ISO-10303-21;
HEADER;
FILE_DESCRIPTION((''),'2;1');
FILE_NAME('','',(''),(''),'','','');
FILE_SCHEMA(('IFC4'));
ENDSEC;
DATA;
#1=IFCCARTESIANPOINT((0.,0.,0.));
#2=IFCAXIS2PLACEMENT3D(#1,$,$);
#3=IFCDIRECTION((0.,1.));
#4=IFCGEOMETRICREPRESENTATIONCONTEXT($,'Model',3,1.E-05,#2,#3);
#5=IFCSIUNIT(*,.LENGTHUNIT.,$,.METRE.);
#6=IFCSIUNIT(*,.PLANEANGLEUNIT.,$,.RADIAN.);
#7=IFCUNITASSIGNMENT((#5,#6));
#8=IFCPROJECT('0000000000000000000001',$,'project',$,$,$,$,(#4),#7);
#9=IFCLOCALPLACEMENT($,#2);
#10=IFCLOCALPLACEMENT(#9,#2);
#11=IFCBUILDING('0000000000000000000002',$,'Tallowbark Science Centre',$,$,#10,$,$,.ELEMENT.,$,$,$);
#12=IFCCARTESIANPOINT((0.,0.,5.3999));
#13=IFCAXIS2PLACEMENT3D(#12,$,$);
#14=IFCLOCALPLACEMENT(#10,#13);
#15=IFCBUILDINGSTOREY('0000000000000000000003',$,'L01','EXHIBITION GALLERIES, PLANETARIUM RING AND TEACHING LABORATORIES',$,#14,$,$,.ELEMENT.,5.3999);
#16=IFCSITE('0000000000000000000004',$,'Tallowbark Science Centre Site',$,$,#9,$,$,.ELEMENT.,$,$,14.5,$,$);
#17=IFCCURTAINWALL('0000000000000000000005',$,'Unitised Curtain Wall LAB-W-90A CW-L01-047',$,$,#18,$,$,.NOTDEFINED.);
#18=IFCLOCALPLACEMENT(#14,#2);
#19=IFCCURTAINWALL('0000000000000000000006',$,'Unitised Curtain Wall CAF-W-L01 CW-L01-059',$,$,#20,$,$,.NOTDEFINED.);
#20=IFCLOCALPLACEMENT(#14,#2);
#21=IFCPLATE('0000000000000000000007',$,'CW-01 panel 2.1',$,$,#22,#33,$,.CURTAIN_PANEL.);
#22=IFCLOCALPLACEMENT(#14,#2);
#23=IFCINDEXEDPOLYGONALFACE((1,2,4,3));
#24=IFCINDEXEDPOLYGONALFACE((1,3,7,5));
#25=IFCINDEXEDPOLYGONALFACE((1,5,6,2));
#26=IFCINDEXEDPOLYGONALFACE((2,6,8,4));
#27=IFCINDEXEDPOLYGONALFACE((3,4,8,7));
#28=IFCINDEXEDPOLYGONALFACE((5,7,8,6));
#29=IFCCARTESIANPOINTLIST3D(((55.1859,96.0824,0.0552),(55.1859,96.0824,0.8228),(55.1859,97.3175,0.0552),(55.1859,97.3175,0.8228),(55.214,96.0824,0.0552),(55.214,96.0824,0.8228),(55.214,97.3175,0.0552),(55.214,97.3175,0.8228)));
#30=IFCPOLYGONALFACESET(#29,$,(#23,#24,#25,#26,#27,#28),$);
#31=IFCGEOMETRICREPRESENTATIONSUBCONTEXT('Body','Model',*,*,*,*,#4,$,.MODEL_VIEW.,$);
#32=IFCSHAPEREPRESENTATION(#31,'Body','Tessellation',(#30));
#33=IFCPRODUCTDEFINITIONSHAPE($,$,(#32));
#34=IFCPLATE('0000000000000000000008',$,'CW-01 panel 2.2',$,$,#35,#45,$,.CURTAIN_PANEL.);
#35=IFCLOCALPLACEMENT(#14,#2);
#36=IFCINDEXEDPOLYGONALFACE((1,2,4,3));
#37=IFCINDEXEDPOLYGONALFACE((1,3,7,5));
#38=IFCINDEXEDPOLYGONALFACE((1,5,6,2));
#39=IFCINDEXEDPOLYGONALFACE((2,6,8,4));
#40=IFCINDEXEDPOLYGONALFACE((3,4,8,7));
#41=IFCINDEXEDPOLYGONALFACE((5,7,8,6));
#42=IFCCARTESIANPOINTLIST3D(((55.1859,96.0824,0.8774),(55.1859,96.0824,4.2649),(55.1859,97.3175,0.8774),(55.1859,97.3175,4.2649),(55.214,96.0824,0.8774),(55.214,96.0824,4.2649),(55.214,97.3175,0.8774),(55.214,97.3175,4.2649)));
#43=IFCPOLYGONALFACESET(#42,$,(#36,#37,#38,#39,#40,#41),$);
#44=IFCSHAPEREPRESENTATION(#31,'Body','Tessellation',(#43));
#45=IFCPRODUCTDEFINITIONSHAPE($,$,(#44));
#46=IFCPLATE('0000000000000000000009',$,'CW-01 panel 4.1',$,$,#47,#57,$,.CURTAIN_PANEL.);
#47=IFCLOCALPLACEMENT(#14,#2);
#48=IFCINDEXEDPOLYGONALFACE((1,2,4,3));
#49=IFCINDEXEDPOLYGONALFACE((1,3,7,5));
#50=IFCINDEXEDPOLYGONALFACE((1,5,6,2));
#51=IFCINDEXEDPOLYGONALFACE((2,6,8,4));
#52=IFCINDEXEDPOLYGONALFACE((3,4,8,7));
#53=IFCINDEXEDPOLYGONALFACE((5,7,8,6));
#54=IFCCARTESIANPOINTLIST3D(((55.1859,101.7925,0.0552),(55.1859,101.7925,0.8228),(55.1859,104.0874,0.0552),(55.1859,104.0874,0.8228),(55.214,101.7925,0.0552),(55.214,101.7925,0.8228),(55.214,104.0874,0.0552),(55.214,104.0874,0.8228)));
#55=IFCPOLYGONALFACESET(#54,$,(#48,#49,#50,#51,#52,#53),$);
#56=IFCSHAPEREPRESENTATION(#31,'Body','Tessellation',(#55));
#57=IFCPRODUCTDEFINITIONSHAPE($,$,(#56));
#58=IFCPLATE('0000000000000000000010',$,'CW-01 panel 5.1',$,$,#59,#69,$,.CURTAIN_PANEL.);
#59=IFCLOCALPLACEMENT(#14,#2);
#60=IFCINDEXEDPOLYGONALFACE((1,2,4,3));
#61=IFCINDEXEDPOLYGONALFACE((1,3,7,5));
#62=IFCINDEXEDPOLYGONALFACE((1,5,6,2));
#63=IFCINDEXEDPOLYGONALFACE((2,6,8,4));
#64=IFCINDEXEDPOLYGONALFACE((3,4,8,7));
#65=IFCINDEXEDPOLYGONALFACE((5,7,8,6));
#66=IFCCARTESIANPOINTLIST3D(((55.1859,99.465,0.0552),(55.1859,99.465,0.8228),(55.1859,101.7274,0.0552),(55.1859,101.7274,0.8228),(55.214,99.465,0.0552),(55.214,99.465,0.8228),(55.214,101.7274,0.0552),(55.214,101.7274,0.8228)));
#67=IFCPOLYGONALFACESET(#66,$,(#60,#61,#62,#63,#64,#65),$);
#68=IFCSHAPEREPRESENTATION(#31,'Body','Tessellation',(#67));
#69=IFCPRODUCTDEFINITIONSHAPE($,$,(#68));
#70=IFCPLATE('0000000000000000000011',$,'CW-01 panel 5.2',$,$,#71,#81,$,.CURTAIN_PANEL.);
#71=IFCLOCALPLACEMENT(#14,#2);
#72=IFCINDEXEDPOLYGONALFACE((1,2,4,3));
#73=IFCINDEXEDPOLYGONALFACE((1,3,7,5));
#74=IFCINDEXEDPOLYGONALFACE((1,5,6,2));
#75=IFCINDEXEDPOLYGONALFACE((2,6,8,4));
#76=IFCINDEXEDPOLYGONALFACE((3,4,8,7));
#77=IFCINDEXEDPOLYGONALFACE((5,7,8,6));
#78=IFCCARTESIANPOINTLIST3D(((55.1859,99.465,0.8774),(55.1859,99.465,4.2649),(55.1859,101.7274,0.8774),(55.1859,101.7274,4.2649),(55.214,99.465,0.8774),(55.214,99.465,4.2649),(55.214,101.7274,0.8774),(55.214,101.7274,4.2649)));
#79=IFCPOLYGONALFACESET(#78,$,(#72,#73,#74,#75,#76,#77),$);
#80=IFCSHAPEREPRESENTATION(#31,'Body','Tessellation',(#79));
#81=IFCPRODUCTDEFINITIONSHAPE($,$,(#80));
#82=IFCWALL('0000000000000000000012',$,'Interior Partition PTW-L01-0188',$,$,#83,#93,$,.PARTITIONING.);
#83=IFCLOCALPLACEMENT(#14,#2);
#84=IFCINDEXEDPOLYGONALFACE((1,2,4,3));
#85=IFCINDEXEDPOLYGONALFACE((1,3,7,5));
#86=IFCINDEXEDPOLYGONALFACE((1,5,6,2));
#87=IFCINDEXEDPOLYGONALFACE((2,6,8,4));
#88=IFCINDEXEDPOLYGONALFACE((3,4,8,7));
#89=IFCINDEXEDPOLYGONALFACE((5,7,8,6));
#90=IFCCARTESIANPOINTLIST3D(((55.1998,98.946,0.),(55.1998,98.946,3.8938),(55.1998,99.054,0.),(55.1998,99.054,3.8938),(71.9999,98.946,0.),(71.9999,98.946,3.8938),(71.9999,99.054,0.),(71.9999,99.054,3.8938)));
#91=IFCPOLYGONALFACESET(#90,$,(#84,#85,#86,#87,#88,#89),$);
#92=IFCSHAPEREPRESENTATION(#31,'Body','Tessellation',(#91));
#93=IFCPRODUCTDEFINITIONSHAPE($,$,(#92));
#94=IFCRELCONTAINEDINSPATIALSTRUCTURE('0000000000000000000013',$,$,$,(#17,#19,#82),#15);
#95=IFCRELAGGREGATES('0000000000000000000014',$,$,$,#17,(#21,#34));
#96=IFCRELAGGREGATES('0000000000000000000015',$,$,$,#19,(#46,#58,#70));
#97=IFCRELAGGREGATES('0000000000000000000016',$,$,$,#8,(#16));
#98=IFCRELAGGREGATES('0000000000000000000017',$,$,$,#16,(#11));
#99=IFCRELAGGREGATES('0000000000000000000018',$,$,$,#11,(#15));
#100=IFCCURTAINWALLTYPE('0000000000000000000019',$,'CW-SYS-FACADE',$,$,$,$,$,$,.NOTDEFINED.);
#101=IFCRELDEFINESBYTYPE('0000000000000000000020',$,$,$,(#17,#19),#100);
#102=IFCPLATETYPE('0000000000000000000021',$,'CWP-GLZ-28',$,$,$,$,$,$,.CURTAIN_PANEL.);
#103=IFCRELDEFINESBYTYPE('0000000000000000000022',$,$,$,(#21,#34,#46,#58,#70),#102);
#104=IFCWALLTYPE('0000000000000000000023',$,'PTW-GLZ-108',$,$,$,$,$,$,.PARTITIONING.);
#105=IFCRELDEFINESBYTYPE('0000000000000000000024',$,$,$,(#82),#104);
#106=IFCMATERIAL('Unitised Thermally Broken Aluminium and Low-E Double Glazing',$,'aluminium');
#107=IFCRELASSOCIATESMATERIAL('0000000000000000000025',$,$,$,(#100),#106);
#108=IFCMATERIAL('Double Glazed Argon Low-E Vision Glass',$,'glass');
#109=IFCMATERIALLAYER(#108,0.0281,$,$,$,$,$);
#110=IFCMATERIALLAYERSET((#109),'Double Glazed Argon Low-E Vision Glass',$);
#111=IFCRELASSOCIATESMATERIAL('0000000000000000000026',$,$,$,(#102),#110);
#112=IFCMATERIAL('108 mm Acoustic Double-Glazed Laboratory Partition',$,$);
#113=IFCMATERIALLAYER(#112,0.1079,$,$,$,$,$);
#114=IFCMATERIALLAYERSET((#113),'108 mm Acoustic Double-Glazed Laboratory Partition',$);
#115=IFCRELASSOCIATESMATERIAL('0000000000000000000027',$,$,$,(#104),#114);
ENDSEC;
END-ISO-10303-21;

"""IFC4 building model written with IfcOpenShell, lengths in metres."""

from ifc_helpers import new_model, si_unit, direction, frame, frame_2d, origin, origin_2d, place, context, subcontext, project, spatial, rectangle, extrude, material, layer, layer_set, type_object, element, aggregate, save


model = new_model("IFC4")

# Units and contexts
model_context = context("Model", 3, precision=1e-05, world=origin(), true_north=direction((0.0, 1.0)))
body_context = subcontext(model_context, "Body", "Model", "MODEL_VIEW")
ifc_project = project(units=[si_unit("LENGTHUNIT", "METRE"), si_unit("PLANEANGLEUNIT", "RADIAN")], contexts=[model_context])

# Site, building, storey
site_placement = place(None, origin())
site = spatial("IfcSite", under=ifc_project, at=site_placement, Name="Tallowbark Science Centre Site", CompositionType="ELEMENT", RefElevation=14.5)
building_placement = place(site_placement, origin())
building = spatial("IfcBuilding", under=site, at=building_placement, Name="Tallowbark Science Centre", CompositionType="ELEMENT")
storey_placement = place(building_placement, frame((0.0, 0.0, 5.3999)))
storey = spatial("IfcBuildingStorey", under=building, at=storey_placement, Name="L01", Description="EXHIBITION GALLERIES, PLANETARIUM RING AND TEACHING LABORATORIES", CompositionType="ELEMENT", Elevation=5.3999)

# Curtain walls
ifc_material_1 = material(Name="Unitised Thermally Broken Aluminium and Low-E Double Glazing", Category="aluminium")
curtain_wall_type = type_object("IfcCurtainWallType", Name="CW-SYS-FACADE", PredefinedType="NOTDEFINED", material=ifc_material_1)
curtain_wall_1_placement = place(storey_placement, origin())
curtain_wall_1 = element("IfcCurtainWall", 1, at=curtain_wall_1_placement, inside=storey, type_object=curtain_wall_type, Name="Unitised Curtain Wall LAB-W-90A CW-L01-047", PredefinedType="NOTDEFINED")
curtain_wall_2_placement = place(storey_placement, origin())
curtain_wall_2 = element("IfcCurtainWall", 2, at=curtain_wall_2_placement, inside=storey, type_object=curtain_wall_type, Name="Unitised Curtain Wall CAF-W-L01 CW-L01-059", PredefinedType="NOTDEFINED")

# Plates
ifc_material_2 = material(Name="Double Glazed Argon Low-E Vision Glass", Category="glass")
ifc_layer_1 = layer(ifc_material_2, 0.0281)
ifc_layer_set_1 = layer_set([ifc_layer_1], Name="Double Glazed Argon Low-E Vision Glass")
plate_type = type_object("IfcPlateType", Name="CWP-GLZ-28", PredefinedType="CURTAIN_PANEL", material=ifc_layer_set_1)
plate_1_placement = place(storey_placement, frame((55.2, 96.7, 0.0552), z_axis=(0.0, 0.0, 1.0), x_axis=(0.0, -1.0, 0.0)))
plate_1 = element("IfcPlate", 3, at=plate_1_placement, type_object=plate_type, Name="CW-01 panel 2.1", PredefinedType="CURTAIN_PANEL", context=body_context, shape_type="SweptSolid", body=[
    extrude(rectangle(XDim=1.2351, YDim=0.0281, at=origin_2d()), origin(), (0.0, 0.0, 1.0), 0.7676),
])
plate_2_placement = place(storey_placement, frame((55.2, 96.7, 0.8774), z_axis=(0.0, 0.0, 1.0), x_axis=(0.0, -1.0, 0.0)))
plate_2 = element("IfcPlate", 4, at=plate_2_placement, type_object=plate_type, Name="CW-01 panel 2.2", PredefinedType="CURTAIN_PANEL", context=body_context, shape_type="SweptSolid", body=[
    extrude(rectangle(XDim=1.2351, YDim=0.0281, at=origin_2d()), origin(), (0.0, 0.0, 1.0), 3.3875),
])
aggregate(curtain_wall_1, [plate_1, plate_2])
plate_3_placement = place(storey_placement, frame((55.2, 102.9399, 0.0552), z_axis=(0.0, 0.0, 1.0), x_axis=(0.0, -1.0, 0.0)))
plate_3 = element("IfcPlate", 5, at=plate_3_placement, type_object=plate_type, Name="CW-01 panel 4.1", PredefinedType="CURTAIN_PANEL", context=body_context, shape_type="SweptSolid", body=[
    extrude(rectangle(XDim=2.2949, YDim=0.0281, at=origin_2d()), origin(), (0.0, 0.0, 1.0), 0.7676),
])
plate_4_placement = place(storey_placement, frame((55.2, 100.5962, 0.0552), z_axis=(0.0, 0.0, 1.0), x_axis=(0.0, -1.0, 0.0)))
plate_4 = element("IfcPlate", 6, at=plate_4_placement, type_object=plate_type, Name="CW-01 panel 5.1", PredefinedType="CURTAIN_PANEL", context=body_context, shape_type="SweptSolid", body=[
    extrude(rectangle(XDim=2.2625, YDim=0.0281, at=origin_2d()), origin(), (0.0, 0.0, 1.0), 0.7676),
])
plate_5_placement = place(storey_placement, frame((55.2, 100.5962, 0.8774), z_axis=(0.0, 0.0, 1.0), x_axis=(0.0, -1.0, 0.0)))
plate_5 = element("IfcPlate", 7, at=plate_5_placement, type_object=plate_type, Name="CW-01 panel 5.2", PredefinedType="CURTAIN_PANEL", context=body_context, shape_type="SweptSolid", body=[
    extrude(rectangle(XDim=2.2625, YDim=0.0281, at=origin_2d()), origin(), (0.0, 0.0, 1.0), 3.3875),
])
aggregate(curtain_wall_2, [plate_3, plate_4, plate_5])

# Wall
ifc_material_3 = material(Name="108 mm Acoustic Double-Glazed Laboratory Partition")
ifc_layer_2 = layer(ifc_material_3, 0.1079)
ifc_layer_set_2 = layer_set([ifc_layer_2], Name="108 mm Acoustic Double-Glazed Laboratory Partition")
wall_type = type_object("IfcWallType", Name="PTW-GLZ-108", PredefinedType="PARTITIONING", material=ifc_layer_set_2)
wall_placement = place(storey_placement, frame((55.2, 99.0, 0.0), z_axis=(0.0, 0.0, 1.0), x_axis=(1.0, 0.0, 0.0)))
element("IfcWall", 8, at=wall_placement, inside=storey, type_object=wall_type, Name="Interior Partition PTW-L01-0188", PredefinedType="PARTITIONING", context=body_context, shape_type="SweptSolid", body=[
    extrude(rectangle(XDim=16.8, YDim=0.1079, at=frame_2d((8.3999, 0.0))), origin(), (0.0, 0.0, 1.0), 3.8938),
])

save(model, "model.ifc")
